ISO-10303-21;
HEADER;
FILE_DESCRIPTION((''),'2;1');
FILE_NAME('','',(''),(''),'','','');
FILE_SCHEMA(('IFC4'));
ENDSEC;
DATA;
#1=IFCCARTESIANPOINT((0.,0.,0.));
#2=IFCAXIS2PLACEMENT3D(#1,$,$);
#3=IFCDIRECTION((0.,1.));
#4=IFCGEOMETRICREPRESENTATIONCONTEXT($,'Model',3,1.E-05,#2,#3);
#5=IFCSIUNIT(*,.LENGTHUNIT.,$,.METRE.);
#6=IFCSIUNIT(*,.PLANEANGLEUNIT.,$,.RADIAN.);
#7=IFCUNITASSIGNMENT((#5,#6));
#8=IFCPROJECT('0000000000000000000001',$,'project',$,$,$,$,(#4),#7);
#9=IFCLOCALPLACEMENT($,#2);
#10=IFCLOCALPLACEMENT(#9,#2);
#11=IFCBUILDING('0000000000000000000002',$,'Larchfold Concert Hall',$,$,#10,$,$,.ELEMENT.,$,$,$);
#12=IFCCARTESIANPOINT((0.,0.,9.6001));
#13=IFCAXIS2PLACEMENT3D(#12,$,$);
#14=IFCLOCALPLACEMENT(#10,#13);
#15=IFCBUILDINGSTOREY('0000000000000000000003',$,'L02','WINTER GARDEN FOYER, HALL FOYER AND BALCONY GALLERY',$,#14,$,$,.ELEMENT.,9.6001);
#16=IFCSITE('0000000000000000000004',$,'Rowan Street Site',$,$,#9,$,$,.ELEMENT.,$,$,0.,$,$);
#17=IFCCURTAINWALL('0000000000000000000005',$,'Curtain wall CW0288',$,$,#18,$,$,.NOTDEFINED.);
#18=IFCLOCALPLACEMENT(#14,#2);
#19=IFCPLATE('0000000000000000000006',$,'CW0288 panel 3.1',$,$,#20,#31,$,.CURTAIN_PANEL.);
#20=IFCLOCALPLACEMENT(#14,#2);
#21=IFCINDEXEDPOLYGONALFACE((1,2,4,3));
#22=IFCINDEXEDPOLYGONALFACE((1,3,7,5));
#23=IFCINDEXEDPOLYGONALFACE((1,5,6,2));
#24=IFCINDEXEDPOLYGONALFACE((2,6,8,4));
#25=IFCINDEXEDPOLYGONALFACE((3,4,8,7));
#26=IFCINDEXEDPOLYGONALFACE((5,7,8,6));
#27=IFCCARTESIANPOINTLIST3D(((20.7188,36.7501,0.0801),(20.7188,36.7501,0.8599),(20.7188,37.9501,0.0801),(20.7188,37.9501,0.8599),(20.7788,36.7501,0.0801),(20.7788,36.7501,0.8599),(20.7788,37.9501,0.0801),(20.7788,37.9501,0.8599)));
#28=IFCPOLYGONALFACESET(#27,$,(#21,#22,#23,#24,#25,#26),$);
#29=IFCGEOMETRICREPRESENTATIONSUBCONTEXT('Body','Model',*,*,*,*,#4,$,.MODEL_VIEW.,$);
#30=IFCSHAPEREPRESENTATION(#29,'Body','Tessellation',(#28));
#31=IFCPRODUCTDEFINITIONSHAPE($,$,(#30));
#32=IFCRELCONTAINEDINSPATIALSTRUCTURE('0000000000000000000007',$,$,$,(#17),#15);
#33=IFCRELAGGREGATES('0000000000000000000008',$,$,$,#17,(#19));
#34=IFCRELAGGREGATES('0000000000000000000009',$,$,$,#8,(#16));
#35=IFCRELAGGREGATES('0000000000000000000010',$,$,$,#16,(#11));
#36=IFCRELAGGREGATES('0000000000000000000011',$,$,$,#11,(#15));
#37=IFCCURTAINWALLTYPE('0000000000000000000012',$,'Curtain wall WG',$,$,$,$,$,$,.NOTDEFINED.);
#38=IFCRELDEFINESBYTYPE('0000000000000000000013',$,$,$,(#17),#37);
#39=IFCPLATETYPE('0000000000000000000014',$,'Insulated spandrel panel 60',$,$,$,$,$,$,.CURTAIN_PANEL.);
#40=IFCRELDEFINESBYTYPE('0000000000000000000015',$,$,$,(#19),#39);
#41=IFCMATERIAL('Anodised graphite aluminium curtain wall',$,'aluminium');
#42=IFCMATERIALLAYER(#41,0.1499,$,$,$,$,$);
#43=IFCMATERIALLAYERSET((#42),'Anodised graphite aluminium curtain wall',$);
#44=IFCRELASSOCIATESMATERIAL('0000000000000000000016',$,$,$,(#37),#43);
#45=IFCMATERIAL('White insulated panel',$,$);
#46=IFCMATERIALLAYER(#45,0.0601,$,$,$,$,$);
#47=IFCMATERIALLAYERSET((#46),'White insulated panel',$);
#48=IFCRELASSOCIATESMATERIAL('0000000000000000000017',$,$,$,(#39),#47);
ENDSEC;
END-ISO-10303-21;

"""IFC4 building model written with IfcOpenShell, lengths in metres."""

from ifc_helpers import new_model, si_unit, direction, frame, origin, origin_2d, place, context, subcontext, project, spatial, rectangle, extrude, material, layer, layer_set, type_object, element, aggregate, save


model = new_model("IFC4")

# Units and contexts
model_context = context("Model", 3, precision=1e-05, world=origin(), true_north=direction((0.0, 1.0)))
body_context = subcontext(model_context, "Body", "Model", "MODEL_VIEW")
ifc_project = project(units=[si_unit("LENGTHUNIT", "METRE"), si_unit("PLANEANGLEUNIT", "RADIAN")], contexts=[model_context])

# Site, building, storey
site_placement = place(None, origin())
site = spatial("IfcSite", under=ifc_project, at=site_placement, Name="Rowan Street Site", CompositionType="ELEMENT", RefElevation=0.0)
building_placement = place(site_placement, origin())
building = spatial("IfcBuilding", under=site, at=building_placement, Name="Larchfold Concert Hall", CompositionType="ELEMENT")
storey_placement = place(building_placement, frame((0.0, 0.0, 9.6001)))
storey = spatial("IfcBuildingStorey", under=building, at=storey_placement, Name="L02", Description="WINTER GARDEN FOYER, HALL FOYER AND BALCONY GALLERY", CompositionType="ELEMENT", Elevation=9.6001)

# Shared definitions
ifc_material_1 = material(Name="Anodised graphite aluminium curtain wall", Category="aluminium")
ifc_layer_1 = layer(ifc_material_1, 0.1499)
ifc_layer_set_1 = layer_set([ifc_layer_1], Name="Anodised graphite aluminium curtain wall")
curtain_wall_type = type_object("IfcCurtainWallType", Name="Curtain wall WG", PredefinedType="NOTDEFINED", material=ifc_layer_set_1)

# Curtain wall
curtain_wall_1_placement = place(storey_placement, origin())
curtain_wall_1 = element("IfcCurtainWall", 1, at=curtain_wall_1_placement, inside=storey, type_object=curtain_wall_type, Name="Curtain wall CW0288", PredefinedType="NOTDEFINED")

# Plate
ifc_material_2 = material(Name="White insulated panel")
ifc_layer_2 = layer(ifc_material_2, 0.0601)
ifc_layer_set_2 = layer_set([ifc_layer_2], Name="White insulated panel")
plate_type_1 = type_object("IfcPlateType", Name="Insulated spandrel panel 60", PredefinedType="CURTAIN_PANEL", material=ifc_layer_set_2)
plate_1_placement = place(storey_placement, frame((20.7488, 37.3501, 0.0801), z_axis=(0.0, 0.0, 1.0), x_axis=(0.0, 1.0, 0.0)))
plate_1 = element("IfcPlate", 2, at=plate_1_placement, type_object=plate_type_1, Name="CW0288 panel 3.1", PredefinedType="CURTAIN_PANEL", context=body_context, shape_type="SweptSolid", body=[
    extrude(rectangle(XDim=1.2, YDim=0.0601, at=origin_2d()), origin(), (0.0, 0.0, 1.0), 0.7798),
])
aggregate(curtain_wall_1, [plate_1])

save(model, "model.ifc")
